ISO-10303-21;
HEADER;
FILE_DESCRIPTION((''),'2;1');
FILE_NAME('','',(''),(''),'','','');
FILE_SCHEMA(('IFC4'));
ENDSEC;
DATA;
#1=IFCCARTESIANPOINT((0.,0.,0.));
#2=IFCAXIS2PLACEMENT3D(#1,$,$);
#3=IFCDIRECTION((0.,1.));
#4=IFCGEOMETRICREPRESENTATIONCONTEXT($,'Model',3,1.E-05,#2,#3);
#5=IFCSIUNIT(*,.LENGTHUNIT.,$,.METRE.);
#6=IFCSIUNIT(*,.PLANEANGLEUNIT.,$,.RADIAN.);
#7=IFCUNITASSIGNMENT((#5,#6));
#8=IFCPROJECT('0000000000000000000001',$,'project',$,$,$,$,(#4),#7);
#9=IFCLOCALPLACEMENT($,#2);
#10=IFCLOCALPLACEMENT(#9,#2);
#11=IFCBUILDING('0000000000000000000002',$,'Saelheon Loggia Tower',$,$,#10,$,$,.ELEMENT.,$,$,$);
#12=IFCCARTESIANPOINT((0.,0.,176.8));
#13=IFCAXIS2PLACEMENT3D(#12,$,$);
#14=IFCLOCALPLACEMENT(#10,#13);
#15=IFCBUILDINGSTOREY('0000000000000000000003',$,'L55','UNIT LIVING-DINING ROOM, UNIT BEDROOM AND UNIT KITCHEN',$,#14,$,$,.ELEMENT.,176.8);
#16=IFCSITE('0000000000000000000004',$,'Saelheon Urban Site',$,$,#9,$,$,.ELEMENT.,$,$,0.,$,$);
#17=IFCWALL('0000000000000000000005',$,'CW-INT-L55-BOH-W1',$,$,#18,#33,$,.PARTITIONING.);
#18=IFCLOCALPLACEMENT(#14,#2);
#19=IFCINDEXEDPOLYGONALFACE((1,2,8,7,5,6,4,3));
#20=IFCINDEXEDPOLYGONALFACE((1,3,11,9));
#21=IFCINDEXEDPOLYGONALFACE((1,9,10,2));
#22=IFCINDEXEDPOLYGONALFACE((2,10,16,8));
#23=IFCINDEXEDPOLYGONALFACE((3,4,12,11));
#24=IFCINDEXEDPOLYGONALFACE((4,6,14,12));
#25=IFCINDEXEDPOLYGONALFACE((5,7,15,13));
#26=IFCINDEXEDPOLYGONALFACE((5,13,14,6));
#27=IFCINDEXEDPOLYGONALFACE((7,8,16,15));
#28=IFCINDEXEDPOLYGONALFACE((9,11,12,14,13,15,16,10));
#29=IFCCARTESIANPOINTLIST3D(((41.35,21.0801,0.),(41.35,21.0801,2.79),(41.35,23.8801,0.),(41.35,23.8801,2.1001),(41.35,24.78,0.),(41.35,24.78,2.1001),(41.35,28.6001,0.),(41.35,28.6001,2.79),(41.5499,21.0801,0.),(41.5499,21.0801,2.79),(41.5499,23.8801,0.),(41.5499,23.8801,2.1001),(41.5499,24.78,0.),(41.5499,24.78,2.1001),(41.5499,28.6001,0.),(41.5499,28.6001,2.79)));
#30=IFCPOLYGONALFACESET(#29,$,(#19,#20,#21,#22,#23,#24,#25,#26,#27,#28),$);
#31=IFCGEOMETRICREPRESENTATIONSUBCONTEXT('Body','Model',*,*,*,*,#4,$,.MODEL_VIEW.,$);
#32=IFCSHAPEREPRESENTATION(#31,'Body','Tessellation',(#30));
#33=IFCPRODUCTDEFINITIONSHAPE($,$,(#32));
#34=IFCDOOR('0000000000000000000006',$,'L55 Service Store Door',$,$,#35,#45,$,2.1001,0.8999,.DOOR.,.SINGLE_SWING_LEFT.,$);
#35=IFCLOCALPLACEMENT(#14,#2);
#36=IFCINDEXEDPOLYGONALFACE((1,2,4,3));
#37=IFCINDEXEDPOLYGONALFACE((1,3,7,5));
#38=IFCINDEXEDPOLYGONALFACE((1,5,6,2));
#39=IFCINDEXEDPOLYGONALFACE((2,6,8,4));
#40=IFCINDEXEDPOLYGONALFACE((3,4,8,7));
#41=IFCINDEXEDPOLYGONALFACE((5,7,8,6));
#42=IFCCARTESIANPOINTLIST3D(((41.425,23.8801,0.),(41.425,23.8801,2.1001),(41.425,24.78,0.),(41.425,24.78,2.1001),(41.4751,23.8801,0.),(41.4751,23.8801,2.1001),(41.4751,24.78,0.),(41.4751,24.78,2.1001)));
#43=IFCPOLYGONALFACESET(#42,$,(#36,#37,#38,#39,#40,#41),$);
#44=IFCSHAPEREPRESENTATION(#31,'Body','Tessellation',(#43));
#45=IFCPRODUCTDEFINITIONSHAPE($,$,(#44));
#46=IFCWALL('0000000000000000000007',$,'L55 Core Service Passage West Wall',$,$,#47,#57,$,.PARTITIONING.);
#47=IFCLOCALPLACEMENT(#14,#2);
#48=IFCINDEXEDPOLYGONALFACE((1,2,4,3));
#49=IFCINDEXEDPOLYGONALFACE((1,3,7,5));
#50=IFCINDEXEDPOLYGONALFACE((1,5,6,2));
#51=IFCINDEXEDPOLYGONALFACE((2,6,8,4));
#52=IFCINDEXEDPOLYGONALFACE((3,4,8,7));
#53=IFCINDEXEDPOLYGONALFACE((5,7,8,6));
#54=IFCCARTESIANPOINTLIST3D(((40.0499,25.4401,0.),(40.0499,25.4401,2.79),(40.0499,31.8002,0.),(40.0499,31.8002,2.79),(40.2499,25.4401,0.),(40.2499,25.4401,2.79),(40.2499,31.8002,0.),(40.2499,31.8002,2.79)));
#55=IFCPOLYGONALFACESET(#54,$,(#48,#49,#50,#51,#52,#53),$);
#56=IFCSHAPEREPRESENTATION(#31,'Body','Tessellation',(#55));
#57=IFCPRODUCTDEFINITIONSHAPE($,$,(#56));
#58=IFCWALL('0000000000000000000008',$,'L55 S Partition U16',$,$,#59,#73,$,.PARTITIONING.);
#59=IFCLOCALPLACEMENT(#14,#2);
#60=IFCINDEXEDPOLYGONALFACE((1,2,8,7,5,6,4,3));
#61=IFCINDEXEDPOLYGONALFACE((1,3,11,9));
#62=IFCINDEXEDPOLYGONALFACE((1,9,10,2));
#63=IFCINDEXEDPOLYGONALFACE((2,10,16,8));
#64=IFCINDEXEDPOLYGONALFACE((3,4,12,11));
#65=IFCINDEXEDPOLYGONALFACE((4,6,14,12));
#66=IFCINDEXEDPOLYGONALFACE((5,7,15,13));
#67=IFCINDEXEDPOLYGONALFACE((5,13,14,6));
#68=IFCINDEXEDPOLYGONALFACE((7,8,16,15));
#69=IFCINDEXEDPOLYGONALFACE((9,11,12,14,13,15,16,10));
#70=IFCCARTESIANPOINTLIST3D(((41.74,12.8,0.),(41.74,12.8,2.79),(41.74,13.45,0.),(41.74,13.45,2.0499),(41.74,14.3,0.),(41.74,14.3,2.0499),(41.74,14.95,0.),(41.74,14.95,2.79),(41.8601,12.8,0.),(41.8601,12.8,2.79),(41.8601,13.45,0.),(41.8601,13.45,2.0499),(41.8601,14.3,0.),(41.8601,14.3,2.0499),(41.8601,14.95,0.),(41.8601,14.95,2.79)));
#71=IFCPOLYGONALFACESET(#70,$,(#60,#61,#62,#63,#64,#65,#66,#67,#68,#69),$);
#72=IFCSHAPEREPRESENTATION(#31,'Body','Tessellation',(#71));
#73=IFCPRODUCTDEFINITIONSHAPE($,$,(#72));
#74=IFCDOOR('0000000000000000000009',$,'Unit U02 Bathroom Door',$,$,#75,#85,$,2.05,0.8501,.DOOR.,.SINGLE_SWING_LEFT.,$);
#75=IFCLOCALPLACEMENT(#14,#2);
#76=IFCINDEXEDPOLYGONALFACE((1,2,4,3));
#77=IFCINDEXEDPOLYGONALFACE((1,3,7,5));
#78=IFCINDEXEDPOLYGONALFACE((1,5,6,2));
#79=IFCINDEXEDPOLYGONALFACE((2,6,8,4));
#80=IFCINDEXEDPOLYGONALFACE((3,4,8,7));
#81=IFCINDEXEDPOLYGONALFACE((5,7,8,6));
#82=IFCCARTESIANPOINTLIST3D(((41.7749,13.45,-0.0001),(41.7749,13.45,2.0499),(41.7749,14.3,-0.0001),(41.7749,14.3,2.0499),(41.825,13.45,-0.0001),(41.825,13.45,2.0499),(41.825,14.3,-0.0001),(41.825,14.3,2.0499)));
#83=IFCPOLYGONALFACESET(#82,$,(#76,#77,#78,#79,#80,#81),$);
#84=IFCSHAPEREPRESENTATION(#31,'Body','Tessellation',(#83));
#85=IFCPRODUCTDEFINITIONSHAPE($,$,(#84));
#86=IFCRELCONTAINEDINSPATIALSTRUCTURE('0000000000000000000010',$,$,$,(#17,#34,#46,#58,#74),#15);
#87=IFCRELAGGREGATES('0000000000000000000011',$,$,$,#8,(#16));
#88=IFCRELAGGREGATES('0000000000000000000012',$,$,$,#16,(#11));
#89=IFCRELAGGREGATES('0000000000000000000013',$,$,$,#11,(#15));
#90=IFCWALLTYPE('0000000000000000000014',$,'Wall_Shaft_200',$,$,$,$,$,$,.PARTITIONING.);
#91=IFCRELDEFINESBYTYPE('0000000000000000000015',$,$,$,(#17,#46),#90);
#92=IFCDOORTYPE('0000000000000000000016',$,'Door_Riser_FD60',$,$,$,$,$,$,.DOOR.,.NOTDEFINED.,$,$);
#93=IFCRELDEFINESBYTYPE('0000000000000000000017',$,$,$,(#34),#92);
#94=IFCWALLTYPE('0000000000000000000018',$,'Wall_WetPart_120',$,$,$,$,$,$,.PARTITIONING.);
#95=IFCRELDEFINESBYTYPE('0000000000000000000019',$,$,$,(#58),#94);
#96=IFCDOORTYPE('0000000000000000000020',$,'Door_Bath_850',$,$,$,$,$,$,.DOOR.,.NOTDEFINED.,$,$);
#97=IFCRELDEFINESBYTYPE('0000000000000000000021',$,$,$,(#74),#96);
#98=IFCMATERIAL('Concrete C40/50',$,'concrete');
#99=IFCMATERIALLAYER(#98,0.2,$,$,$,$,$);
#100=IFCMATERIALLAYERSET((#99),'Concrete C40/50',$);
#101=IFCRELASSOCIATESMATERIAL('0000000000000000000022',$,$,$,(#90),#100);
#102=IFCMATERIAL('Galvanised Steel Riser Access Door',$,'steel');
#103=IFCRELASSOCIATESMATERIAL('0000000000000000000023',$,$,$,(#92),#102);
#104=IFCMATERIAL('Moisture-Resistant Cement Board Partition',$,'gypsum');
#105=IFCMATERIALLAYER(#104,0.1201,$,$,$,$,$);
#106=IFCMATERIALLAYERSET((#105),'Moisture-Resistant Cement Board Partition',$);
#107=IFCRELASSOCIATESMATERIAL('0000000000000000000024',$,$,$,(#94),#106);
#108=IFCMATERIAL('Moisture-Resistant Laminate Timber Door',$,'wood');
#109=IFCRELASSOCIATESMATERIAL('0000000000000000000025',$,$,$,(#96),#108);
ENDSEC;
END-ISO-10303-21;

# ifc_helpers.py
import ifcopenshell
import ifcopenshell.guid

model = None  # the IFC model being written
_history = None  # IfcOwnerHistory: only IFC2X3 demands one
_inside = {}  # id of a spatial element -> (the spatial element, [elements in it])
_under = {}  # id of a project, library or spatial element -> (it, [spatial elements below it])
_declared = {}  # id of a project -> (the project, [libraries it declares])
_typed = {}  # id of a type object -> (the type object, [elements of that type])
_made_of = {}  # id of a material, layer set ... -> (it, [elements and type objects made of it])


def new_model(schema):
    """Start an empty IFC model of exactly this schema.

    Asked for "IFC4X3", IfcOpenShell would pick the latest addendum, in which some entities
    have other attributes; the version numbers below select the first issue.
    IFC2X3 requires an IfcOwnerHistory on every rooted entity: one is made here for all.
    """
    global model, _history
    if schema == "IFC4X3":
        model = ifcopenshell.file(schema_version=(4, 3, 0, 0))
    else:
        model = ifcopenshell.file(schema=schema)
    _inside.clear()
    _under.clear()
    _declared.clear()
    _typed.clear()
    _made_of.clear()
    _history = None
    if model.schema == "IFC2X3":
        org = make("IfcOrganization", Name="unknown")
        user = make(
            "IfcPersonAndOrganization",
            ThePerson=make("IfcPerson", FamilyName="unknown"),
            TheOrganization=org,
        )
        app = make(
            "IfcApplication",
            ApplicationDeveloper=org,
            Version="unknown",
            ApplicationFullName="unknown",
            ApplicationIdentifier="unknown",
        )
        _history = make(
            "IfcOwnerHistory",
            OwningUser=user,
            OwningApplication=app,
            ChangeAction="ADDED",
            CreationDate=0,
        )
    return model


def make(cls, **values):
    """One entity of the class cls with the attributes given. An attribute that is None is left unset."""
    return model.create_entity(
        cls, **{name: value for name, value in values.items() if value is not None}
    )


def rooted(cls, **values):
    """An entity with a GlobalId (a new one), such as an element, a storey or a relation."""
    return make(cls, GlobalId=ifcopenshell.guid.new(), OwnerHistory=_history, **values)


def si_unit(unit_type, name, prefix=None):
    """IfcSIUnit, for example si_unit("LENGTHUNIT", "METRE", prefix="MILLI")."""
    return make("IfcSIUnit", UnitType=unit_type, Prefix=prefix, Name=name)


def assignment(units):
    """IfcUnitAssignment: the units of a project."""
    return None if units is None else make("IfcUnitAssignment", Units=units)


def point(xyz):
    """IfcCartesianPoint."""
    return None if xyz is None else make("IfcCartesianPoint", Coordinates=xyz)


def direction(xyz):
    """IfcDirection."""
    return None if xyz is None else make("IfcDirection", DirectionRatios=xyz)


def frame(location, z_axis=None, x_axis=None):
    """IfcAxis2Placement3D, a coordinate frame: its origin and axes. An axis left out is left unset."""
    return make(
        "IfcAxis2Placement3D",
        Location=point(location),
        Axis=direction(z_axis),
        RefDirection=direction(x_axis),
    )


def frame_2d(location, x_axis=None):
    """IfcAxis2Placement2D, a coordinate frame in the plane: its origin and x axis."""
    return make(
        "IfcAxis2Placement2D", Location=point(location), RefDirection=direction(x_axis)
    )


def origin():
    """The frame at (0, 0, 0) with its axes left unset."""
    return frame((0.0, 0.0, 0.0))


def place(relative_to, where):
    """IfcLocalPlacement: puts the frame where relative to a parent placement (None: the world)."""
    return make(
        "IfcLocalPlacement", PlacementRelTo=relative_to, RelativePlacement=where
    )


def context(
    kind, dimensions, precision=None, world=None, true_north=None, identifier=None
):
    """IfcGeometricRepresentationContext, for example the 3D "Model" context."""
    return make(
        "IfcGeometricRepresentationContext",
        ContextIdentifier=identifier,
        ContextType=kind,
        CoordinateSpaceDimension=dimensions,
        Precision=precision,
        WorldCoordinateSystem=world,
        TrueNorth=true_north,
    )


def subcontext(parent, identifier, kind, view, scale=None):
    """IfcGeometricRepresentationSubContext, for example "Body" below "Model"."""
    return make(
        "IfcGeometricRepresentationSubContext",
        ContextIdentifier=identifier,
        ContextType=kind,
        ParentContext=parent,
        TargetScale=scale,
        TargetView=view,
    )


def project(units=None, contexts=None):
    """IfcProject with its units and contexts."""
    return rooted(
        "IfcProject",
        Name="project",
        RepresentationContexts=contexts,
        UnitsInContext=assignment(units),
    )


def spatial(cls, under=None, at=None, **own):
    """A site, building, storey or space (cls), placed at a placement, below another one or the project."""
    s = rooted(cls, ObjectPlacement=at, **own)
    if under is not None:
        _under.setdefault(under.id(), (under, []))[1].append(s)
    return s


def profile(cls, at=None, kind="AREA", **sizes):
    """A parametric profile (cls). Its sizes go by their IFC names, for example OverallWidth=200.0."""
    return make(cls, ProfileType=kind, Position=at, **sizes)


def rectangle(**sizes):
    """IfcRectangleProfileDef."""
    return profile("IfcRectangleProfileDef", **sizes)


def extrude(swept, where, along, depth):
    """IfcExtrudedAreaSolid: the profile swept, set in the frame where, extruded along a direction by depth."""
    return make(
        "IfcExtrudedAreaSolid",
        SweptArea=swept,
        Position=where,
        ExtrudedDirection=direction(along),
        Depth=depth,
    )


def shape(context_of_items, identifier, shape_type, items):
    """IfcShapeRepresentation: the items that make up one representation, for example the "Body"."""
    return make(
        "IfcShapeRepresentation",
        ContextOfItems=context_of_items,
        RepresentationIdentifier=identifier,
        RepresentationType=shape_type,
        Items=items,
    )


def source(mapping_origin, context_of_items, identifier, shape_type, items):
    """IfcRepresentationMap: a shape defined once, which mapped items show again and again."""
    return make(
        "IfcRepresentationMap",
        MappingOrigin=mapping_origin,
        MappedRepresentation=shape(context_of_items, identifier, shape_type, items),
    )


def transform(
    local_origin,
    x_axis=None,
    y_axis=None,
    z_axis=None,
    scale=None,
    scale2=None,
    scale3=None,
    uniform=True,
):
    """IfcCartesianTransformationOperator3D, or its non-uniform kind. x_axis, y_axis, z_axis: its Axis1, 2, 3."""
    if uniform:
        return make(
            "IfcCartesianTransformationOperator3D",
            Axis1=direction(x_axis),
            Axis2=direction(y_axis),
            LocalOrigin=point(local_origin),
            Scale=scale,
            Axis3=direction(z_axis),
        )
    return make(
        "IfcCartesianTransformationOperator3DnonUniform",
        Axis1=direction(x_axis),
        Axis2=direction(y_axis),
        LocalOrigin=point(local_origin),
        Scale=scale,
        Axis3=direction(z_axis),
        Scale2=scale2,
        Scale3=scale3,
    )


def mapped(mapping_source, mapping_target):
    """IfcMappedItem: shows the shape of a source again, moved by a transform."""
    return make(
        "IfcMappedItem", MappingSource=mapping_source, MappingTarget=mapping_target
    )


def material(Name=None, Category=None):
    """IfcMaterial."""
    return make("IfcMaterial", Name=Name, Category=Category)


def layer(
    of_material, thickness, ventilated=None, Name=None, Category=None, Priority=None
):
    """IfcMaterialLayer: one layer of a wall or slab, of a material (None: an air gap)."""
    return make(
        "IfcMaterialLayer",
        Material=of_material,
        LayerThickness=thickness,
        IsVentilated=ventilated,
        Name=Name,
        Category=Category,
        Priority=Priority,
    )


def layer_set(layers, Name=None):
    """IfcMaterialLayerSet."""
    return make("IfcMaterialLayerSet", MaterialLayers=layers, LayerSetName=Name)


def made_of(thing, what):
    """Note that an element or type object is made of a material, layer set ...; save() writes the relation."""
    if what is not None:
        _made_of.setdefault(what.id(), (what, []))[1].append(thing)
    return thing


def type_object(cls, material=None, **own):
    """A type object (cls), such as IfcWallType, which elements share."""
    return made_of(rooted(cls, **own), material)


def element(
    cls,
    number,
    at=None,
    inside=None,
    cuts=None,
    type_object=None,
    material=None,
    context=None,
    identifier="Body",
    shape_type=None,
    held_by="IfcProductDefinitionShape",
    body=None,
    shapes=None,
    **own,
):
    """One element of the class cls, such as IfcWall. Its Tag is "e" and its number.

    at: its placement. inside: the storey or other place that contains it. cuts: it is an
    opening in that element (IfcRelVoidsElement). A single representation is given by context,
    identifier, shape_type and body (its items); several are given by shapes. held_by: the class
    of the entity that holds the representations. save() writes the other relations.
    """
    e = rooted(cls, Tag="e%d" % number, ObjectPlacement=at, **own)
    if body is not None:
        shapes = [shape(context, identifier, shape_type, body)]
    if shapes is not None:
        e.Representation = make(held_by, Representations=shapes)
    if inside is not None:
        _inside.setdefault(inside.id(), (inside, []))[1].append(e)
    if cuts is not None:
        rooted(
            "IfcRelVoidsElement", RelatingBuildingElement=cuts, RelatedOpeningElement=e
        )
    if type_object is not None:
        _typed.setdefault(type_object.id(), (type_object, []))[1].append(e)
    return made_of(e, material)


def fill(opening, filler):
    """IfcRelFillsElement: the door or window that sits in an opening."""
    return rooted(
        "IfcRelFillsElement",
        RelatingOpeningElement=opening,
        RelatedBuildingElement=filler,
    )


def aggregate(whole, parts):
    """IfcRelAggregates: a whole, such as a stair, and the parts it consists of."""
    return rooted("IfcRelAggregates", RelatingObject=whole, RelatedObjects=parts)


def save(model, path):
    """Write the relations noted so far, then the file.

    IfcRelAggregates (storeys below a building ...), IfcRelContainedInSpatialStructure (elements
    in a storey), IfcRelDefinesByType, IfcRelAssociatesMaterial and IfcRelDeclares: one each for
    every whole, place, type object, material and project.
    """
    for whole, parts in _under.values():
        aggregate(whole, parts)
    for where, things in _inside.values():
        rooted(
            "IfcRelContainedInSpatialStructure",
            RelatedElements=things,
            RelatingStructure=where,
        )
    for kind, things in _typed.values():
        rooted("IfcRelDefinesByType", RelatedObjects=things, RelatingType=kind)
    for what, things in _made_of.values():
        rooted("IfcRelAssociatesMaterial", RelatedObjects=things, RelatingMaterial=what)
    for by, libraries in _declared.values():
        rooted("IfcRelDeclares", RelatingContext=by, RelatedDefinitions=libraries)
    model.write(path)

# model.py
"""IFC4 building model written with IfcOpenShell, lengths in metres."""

from ifc_helpers import new_model, si_unit, direction, frame, frame_2d, origin, place, context, subcontext, project, spatial, rectangle, extrude, source, transform, mapped, material, layer, layer_set, type_object, element, fill, save


model = new_model("IFC4")

# Units and contexts
model_context = context("Model", 3, precision=1e-05, world=origin(), true_north=direction((0.0, 1.0)))
body_context = subcontext(model_context, "Body", "Model", "MODEL_VIEW")
ifc_project = project(units=[si_unit("LENGTHUNIT", "METRE"), si_unit("PLANEANGLEUNIT", "RADIAN")], contexts=[model_context])

# Site, building, storey
site_placement = place(None, origin())
site = spatial("IfcSite", under=ifc_project, at=site_placement, Name="Saelheon Urban Site", CompositionType="ELEMENT", RefElevation=0.0)
building_placement = place(site_placement, origin())
building = spatial("IfcBuilding", under=site, at=building_placement, Name="Saelheon Loggia Tower", CompositionType="ELEMENT")
storey_placement = place(building_placement, frame((0.0, 0.0, 176.8)))
storey = spatial("IfcBuildingStorey", under=building, at=storey_placement, Name="L55", Description="UNIT LIVING-DINING ROOM, UNIT BEDROOM AND UNIT KITCHEN", CompositionType="ELEMENT", Elevation=176.8)

# Shared definitions
ifc_material_1 = material(Name="Concrete C40/50", Category="concrete")
ifc_layer_1 = layer(ifc_material_1, 0.2)
ifc_layer_set_1 = layer_set([ifc_layer_1], Name="Concrete C40/50")
wall_type_1 = type_object("IfcWallType", Name="Wall_Shaft_200", PredefinedType="PARTITIONING", material=ifc_layer_set_1)

# Shared definitions
ifc_material_2 = material(Name="Galvanised Steel Riser Access Door", Category="steel")
door_type_1 = type_object("IfcDoorType", Name="Door_Riser_FD60", OperationType="NOTDEFINED", PredefinedType="DOOR", material=ifc_material_2)
shared_shape_1 = source(origin(), body_context, "Body", "SweptSolid", [
    extrude(rectangle(XDim=0.8999, YDim=2.1001, at=frame_2d((0.45, 1.05))), frame((0.0, 0.0249, 0.0), z_axis=(0.0, -1.0, 0.0), x_axis=(1.0, 0.0, 0.0)), (0.0, 0.0, 1.0), 0.05),
])

# Wall, opening, door
wall_1_placement = place(storey_placement, frame((41.45, 21.0801, 0.0), z_axis=(0.0, 0.0, 1.0), x_axis=(0.0, 1.0, 0.0)))
wall_1 = element("IfcWall", 1, at=wall_1_placement, inside=storey, type_object=wall_type_1, Name="CW-INT-L55-BOH-W1", PredefinedType="PARTITIONING", context=body_context, shape_type="SweptSolid", body=[
    extrude(rectangle(XDim=7.52, YDim=0.2, at=frame_2d((3.76, 0.0))), origin(), (0.0, 0.0, 1.0), 2.79),
])
opening_1_placement = place(wall_1_placement, frame((2.8, 0.0, 0.0)))
opening_1 = element("IfcOpeningElement", 2, at=opening_1_placement, cuts=wall_1, PredefinedType="OPENING", context=body_context, shape_type="SweptSolid", body=[
    extrude(rectangle(XDim=0.8999, YDim=2.1001, at=frame_2d((0.45, 1.05))), frame((0.0, 0.1121, 0.0), z_axis=(0.0, -1.0, 0.0), x_axis=(1.0, 0.0, 0.0)), (0.0, 0.0, 1.0), 0.2239),
])
door_1_placement = place(opening_1_placement, origin())
door_1 = element("IfcDoor", 3, at=door_1_placement, inside=storey, type_object=door_type_1, Name="L55 Service Store Door", OperationType="SINGLE_SWING_LEFT", OverallHeight=2.1001, OverallWidth=0.8999, PredefinedType="DOOR", context=body_context, shape_type="MappedRepresentation", body=[
    mapped(shared_shape_1, transform((0.0, 0.0, 0.0), scale=1.0)),
])
fill(opening_1, door_1)

# Wall
wall_2_placement = place(storey_placement, frame((40.1499, 25.4399, 0.0), z_axis=(0.0, 0.0, 1.0), x_axis=(0.0, 1.0, 0.0)))
element("IfcWall", 4, at=wall_2_placement, inside=storey, type_object=wall_type_1, Name="L55 Core Service Passage West Wall", PredefinedType="PARTITIONING", context=body_context, shape_type="SweptSolid", body=[
    extrude(rectangle(XDim=6.3601, YDim=0.2, at=frame_2d((3.1802, 0.0))), origin(), (0.0, 0.0, 1.0), 2.79),
])

# Wall, opening, door
ifc_material_3 = material(Name="Moisture-Resistant Cement Board Partition", Category="gypsum")
ifc_layer_2 = layer(ifc_material_3, 0.1201)
ifc_layer_set_2 = layer_set([ifc_layer_2], Name="Moisture-Resistant Cement Board Partition")
wall_type_2 = type_object("IfcWallType", Name="Wall_WetPart_120", PredefinedType="PARTITIONING", material=ifc_layer_set_2)
wall_3_placement = place(storey_placement, frame((41.8, 14.95, 0.0), z_axis=(0.0, 0.0, 1.0), x_axis=(0.0, -1.0, 0.0)))
wall_3 = element("IfcWall", 5, at=wall_3_placement, inside=storey, type_object=wall_type_2, Name="L55 S Partition U16", PredefinedType="PARTITIONING", context=body_context, shape_type="SweptSolid", body=[
    extrude(rectangle(XDim=2.1499, YDim=0.1201, at=frame_2d((1.075, 0.0))), origin(), (0.0, 0.0, 1.0), 2.79),
])
opening_2_placement = place(wall_3_placement, frame((0.6499, 0.0, 0.0)))
opening_2 = element("IfcOpeningElement", 6, at=opening_2_placement, cuts=wall_3, PredefinedType="OPENING", context=body_context, shape_type="SweptSolid", body=[
    extrude(rectangle(XDim=0.8501, YDim=2.05, at=frame_2d((0.425, 1.0249))), frame((0.0, 0.072, 0.0), z_axis=(0.0, -1.0, 0.0), x_axis=(1.0, 0.0, 0.0)), (0.0, 0.0, 1.0), 0.144),
])
ifc_material_4 = material(Name="Moisture-Resistant Laminate Timber Door", Category="wood")
door_type_2 = type_object("IfcDoorType", Name="Door_Bath_850", OperationType="NOTDEFINED", PredefinedType="DOOR", material=ifc_material_4)
shared_shape_2 = source(origin(), body_context, "Body", "SweptSolid", [
    extrude(rectangle(XDim=0.8501, YDim=2.05, at=frame_2d((0.425, 1.0249))), frame((0.0, 0.0249, 0.0), z_axis=(0.0, -1.0, 0.0), x_axis=(1.0, 0.0, 0.0)), (0.0, 0.0, 1.0), 0.05),
])
door_2_placement = place(opening_2_placement, origin())
door_2 = element("IfcDoor", 7, at=door_2_placement, inside=storey, type_object=door_type_2, Name="Unit U02 Bathroom Door", OperationType="SINGLE_SWING_LEFT", OverallHeight=2.05, OverallWidth=0.8501, PredefinedType="DOOR", context=body_context, shape_type="MappedRepresentation", body=[
    mapped(shared_shape_2, transform((0.0, 0.0, 0.0), scale=1.0)),
])
fill(opening_2, door_2)

save(model, "model.ifc")
